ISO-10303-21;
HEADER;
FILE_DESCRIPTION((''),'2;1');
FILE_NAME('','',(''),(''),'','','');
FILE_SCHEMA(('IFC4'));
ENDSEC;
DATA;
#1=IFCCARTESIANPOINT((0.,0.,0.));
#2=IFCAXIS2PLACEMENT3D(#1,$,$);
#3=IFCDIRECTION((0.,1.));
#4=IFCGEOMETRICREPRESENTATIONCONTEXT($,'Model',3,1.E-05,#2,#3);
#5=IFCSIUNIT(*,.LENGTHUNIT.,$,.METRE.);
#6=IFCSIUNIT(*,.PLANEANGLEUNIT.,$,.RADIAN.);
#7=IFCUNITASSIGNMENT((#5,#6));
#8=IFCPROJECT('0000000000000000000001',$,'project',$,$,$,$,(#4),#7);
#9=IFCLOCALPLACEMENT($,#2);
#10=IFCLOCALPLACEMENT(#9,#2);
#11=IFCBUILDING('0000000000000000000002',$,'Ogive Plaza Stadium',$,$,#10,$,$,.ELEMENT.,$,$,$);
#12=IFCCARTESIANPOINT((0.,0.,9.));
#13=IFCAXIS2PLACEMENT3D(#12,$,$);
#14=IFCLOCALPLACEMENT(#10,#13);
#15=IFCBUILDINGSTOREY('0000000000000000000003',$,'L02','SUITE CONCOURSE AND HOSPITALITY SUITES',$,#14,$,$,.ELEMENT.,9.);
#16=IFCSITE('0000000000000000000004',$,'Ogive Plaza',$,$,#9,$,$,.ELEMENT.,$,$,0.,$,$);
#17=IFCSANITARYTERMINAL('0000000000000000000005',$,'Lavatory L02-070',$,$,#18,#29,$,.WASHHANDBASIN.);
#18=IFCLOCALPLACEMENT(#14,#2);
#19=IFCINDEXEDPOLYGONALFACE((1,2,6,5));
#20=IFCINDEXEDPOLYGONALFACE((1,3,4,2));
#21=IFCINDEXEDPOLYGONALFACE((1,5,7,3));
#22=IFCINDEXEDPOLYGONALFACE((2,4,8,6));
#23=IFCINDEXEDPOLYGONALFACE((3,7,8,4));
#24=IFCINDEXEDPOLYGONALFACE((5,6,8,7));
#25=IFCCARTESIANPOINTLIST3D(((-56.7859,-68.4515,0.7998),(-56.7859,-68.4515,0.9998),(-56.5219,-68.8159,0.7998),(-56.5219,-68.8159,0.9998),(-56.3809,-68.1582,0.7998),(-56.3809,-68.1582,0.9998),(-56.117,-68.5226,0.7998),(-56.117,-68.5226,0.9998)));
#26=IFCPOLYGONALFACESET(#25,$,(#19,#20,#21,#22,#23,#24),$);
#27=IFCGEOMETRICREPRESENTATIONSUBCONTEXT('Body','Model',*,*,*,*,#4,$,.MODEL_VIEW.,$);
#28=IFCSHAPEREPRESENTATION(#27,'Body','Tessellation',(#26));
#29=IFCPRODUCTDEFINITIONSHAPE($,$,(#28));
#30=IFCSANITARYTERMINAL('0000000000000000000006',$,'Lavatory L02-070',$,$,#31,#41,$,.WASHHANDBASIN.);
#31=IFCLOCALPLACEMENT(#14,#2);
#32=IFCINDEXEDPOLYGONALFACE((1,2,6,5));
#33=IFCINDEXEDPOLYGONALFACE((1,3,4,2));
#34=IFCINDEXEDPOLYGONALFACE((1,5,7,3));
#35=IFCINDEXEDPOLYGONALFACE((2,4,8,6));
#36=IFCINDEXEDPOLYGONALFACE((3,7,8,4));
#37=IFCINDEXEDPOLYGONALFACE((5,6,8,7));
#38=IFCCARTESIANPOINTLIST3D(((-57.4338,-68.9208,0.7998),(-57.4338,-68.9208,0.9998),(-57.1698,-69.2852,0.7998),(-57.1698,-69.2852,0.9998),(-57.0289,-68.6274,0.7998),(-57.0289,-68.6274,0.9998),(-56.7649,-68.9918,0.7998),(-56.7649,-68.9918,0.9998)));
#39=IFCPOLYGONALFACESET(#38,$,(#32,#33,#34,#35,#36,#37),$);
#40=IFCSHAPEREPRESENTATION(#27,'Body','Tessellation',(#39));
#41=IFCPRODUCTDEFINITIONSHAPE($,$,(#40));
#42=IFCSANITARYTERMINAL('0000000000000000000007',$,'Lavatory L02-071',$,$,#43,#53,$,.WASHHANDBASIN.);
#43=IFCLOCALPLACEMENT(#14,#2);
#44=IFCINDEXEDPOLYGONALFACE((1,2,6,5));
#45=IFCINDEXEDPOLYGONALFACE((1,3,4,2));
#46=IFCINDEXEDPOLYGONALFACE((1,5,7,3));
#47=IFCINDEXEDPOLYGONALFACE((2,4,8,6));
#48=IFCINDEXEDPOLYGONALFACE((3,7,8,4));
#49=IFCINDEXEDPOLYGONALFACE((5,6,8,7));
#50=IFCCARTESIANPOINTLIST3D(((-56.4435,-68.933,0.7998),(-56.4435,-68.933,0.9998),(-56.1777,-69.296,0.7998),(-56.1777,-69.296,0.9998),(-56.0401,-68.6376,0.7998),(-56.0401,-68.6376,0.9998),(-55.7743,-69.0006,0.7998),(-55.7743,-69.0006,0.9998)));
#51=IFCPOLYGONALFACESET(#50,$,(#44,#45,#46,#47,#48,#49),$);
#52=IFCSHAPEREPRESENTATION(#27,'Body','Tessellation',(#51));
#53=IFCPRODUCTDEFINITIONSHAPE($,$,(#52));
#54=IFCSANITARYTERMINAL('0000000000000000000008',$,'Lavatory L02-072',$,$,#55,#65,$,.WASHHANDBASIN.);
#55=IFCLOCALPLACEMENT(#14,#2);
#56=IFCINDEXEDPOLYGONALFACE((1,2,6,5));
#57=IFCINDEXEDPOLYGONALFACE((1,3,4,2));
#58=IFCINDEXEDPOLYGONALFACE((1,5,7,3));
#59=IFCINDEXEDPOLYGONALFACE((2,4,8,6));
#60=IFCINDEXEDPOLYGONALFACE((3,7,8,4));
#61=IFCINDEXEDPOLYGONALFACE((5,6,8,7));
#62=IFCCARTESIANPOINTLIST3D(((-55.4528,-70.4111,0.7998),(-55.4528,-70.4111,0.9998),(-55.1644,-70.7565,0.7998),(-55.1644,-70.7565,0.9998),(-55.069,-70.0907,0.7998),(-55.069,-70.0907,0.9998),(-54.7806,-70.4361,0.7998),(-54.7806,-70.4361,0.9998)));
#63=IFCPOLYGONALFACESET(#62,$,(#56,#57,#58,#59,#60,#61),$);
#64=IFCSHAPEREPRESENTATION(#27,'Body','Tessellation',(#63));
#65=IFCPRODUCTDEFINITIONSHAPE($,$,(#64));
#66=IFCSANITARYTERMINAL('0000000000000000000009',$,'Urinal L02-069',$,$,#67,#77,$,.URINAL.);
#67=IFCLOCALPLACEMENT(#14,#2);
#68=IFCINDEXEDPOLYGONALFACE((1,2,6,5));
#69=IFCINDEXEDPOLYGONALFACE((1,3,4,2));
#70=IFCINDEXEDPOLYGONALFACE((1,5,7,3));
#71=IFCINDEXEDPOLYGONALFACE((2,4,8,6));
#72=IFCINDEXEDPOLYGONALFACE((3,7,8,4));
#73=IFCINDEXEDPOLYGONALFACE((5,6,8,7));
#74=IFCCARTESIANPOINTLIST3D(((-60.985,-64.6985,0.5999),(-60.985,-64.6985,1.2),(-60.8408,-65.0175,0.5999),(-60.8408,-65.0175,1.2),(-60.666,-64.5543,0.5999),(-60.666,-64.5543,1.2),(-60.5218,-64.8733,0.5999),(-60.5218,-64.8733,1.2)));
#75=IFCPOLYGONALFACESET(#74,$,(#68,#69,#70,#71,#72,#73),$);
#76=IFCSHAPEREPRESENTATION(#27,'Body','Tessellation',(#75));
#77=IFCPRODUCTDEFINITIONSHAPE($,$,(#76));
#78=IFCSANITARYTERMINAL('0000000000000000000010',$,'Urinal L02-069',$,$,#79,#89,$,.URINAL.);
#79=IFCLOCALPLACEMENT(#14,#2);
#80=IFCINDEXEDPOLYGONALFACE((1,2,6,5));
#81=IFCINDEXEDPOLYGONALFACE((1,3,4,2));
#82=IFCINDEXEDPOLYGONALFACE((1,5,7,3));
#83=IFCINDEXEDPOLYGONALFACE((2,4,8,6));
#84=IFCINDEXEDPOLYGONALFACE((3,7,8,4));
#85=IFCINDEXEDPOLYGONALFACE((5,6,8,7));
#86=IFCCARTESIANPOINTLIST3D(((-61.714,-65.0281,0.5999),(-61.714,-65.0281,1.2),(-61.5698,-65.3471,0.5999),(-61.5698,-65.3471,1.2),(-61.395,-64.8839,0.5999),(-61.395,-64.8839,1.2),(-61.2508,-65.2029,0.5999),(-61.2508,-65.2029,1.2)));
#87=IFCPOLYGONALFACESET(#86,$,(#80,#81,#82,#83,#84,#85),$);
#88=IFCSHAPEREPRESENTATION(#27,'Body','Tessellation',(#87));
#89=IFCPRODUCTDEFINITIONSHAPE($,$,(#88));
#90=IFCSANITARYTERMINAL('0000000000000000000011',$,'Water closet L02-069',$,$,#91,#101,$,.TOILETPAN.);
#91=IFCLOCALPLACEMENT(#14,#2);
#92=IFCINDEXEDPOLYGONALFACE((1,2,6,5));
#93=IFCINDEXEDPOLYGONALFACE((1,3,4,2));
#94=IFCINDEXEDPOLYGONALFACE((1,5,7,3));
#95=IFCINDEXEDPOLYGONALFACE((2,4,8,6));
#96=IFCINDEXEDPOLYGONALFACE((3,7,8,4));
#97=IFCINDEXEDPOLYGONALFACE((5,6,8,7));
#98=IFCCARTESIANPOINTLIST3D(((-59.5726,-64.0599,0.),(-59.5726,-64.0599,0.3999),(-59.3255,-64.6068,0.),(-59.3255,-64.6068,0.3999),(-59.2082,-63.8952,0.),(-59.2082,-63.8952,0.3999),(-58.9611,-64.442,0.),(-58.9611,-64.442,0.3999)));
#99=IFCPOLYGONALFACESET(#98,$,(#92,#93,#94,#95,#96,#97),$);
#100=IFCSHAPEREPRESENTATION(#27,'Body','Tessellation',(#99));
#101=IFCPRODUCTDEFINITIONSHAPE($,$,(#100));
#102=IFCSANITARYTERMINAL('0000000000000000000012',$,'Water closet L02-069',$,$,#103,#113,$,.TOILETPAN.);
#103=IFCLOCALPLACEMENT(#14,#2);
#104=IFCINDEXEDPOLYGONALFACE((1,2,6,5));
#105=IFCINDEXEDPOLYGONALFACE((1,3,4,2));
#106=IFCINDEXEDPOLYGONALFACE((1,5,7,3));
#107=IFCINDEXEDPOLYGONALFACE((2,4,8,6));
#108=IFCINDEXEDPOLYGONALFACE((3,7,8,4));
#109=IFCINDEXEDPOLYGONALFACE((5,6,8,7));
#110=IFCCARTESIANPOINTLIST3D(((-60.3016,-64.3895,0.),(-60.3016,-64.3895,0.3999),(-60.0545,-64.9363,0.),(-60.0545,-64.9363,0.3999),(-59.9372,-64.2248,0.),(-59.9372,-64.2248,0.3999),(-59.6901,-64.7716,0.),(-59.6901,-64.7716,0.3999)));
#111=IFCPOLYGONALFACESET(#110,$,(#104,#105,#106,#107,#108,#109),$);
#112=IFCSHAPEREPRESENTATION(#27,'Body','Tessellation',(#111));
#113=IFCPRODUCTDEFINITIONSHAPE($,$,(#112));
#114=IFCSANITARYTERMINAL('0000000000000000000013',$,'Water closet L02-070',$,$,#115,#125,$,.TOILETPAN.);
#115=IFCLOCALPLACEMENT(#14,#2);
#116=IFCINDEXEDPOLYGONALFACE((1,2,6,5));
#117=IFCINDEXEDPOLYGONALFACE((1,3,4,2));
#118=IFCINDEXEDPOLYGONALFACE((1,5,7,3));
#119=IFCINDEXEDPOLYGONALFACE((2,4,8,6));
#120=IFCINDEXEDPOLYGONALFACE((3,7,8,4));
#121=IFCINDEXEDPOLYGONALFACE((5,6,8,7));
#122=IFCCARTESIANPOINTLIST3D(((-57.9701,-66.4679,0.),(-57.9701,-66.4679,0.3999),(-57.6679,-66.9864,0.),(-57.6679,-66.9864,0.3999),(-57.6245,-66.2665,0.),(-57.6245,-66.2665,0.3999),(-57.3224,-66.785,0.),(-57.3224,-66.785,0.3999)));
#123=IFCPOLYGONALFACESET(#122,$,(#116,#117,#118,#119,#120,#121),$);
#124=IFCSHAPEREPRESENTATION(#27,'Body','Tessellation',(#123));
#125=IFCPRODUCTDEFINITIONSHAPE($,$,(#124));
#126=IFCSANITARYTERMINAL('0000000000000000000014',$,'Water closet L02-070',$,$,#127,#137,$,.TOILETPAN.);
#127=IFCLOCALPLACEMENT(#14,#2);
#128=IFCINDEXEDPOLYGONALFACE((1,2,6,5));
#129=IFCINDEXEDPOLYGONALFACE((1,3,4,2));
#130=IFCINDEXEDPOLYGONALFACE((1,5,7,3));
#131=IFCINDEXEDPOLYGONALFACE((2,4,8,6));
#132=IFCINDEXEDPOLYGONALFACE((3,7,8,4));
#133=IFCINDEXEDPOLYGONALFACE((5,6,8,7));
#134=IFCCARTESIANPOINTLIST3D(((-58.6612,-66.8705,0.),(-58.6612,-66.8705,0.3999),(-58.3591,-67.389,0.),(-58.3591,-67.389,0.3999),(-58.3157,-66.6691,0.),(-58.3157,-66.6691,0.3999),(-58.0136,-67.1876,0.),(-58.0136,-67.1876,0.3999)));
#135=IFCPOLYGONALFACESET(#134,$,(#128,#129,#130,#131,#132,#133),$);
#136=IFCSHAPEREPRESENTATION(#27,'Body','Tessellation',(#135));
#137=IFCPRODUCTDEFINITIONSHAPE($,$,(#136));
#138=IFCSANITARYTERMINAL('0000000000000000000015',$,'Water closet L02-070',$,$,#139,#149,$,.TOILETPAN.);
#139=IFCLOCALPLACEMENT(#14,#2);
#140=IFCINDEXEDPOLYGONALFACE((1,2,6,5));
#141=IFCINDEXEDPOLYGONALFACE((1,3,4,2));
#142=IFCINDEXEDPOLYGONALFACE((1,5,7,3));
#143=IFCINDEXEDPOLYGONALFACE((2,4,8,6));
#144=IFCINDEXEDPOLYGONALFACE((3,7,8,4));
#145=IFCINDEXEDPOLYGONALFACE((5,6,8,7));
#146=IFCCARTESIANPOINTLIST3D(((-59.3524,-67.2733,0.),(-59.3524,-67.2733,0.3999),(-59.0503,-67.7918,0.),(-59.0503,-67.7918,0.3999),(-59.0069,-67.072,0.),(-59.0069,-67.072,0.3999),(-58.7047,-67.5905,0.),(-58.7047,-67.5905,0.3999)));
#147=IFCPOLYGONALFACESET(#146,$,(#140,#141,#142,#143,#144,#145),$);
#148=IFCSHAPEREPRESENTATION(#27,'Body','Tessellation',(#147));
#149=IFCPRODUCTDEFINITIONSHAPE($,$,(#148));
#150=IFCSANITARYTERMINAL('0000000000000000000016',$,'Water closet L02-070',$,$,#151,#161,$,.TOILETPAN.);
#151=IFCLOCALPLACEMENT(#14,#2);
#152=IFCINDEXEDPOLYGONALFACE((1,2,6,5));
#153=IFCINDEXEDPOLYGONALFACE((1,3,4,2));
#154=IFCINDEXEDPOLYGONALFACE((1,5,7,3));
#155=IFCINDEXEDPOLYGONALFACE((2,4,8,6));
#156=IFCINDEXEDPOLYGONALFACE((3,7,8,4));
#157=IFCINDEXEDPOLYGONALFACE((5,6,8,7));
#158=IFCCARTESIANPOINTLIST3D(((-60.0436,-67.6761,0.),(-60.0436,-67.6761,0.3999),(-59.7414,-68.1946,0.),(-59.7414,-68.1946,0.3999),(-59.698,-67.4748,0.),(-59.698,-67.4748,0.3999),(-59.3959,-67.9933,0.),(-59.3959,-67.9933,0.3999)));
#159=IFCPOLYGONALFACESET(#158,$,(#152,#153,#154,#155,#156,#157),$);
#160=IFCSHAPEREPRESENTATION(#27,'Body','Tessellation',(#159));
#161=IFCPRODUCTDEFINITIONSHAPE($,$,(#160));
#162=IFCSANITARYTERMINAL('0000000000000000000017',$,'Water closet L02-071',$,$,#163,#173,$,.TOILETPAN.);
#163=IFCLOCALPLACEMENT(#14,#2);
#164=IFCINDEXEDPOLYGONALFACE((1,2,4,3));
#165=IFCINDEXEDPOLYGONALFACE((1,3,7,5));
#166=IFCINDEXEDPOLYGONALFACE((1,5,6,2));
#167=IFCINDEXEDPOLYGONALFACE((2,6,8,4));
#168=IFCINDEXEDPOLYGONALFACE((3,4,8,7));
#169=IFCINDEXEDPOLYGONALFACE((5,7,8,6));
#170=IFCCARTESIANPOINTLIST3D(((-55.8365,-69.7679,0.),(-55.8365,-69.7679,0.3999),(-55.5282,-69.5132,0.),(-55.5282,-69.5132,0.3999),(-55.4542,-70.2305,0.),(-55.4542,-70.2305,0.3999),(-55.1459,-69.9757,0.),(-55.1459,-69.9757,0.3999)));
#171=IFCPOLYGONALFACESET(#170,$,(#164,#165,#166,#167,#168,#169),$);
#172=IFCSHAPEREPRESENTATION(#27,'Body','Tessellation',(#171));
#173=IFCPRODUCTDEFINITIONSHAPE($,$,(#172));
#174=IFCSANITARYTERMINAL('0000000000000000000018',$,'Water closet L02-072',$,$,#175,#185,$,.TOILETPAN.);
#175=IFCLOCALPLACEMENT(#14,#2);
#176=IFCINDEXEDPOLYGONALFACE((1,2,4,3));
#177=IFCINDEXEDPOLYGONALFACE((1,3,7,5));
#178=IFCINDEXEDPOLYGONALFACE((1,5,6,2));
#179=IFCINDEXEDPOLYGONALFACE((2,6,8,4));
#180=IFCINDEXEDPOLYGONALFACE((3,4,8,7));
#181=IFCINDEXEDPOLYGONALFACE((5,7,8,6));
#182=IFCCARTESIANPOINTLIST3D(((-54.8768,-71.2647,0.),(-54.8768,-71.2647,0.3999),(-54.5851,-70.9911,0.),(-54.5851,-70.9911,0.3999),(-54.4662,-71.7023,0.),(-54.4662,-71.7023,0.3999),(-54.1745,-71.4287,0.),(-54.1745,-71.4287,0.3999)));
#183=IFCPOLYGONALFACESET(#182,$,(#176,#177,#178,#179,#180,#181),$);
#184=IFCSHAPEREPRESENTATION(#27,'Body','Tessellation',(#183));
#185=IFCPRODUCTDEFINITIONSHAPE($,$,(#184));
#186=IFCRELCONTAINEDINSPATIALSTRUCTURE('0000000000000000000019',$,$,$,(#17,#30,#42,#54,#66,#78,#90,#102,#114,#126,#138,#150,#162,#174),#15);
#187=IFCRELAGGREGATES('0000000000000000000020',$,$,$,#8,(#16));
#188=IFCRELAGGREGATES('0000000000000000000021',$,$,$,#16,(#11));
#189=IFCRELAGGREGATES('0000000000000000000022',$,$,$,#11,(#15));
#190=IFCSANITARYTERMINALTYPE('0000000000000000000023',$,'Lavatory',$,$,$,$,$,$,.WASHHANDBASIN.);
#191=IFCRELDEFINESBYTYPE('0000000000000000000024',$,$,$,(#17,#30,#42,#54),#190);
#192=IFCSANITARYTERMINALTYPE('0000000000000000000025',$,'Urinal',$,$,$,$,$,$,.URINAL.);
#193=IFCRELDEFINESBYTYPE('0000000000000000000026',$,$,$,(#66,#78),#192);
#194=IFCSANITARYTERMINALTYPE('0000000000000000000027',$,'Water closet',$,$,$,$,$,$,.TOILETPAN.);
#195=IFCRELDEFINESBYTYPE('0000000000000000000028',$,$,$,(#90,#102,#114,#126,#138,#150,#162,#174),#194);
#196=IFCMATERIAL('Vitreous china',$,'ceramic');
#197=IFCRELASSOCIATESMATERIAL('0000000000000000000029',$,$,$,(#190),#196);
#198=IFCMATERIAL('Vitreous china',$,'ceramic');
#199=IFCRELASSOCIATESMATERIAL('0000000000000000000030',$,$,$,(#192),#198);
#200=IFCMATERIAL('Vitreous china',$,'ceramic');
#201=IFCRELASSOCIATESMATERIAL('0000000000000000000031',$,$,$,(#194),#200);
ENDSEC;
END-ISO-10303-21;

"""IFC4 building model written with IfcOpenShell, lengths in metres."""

from ifc_helpers import new_model, si_unit, direction, frame, origin, origin_2d, place, context, subcontext, project, spatial, rectangle, extrude, material, type_object, element, save


model = new_model("IFC4")

# Units and contexts
model_context = context("Model", 3, precision=1e-05, world=origin(), true_north=direction((0.0, 1.0)))
body_context = subcontext(model_context, "Body", "Model", "MODEL_VIEW")
ifc_project = project(units=[si_unit("LENGTHUNIT", "METRE"), si_unit("PLANEANGLEUNIT", "RADIAN")], contexts=[model_context])

# Site, building, storey
site_placement = place(None, origin())
site = spatial("IfcSite", under=ifc_project, at=site_placement, Name="Ogive Plaza", CompositionType="ELEMENT", RefElevation=0.0)
building_placement = place(site_placement, origin())
building = spatial("IfcBuilding", under=site, at=building_placement, Name="Ogive Plaza Stadium", CompositionType="ELEMENT")
storey_placement = place(building_placement, frame((0.0, 0.0, 9.0)))
storey = spatial("IfcBuildingStorey", under=building, at=storey_placement, Name="L02", Description="SUITE CONCOURSE AND HOSPITALITY SUITES", CompositionType="ELEMENT", Elevation=9.0)

# Sanitary terminals
ifc_material_1 = material(Name="Vitreous china", Category="ceramic")
sanitary_terminal_type_1 = type_object("IfcSanitaryTerminalType", Name="Lavatory", PredefinedType="WASHHANDBASIN", material=ifc_material_1)
for number, where, z_axis, x_axis, name in (
    (1, (-56.4514, -68.4871, 0.7998), (0.0, 0.0, 1.0), (-0.809824, -0.586673, 0.0), "Lavatory L02-070"),
    (2, (-57.0994, -68.9563, 0.7998), (0.0, 0.0, 1.0), (-0.809824, -0.586673, 0.0), "Lavatory L02-070"),
    (3, (-56.1089, -68.9668, 0.7998), (0.0, 0.0, 1.0), (-0.806847, -0.590761, 0.0), "Lavatory L02-071"),
    (4, (-55.1167, -70.4236, 0.7998), (0.0, 0.0, 1.0), (-0.76763, -0.640894, 0.0), "Lavatory L02-072"),
):
    element("IfcSanitaryTerminal", number, at=place(storey_placement, frame(where, z_axis=z_axis, x_axis=x_axis)), inside=storey, type_object=sanitary_terminal_type_1, Name=name, PredefinedType="WASHHANDBASIN", context=body_context, shape_type="SweptSolid", body=[
        extrude(rectangle(XDim=0.5, YDim=0.45, at=origin_2d()), origin(), (0.0, 0.0, 1.0), 0.2),
    ])
ifc_material_2 = material(Name="Vitreous china", Category="ceramic")
sanitary_terminal_type_2 = type_object("IfcSanitaryTerminalType", Name="Urinal", PredefinedType="URINAL", material=ifc_material_2)
for number, where, z_axis, x_axis, name in (
    (5, (-60.7534, -64.7859, 0.5999), (0.0, 0.0, 1.0), (-0.911223, -0.411914, 0.0), "Urinal L02-069"),
    (6, (-61.4824, -65.1155, 0.5999), (0.0, 0.0, 1.0), (-0.911223, -0.411914, 0.0), "Urinal L02-069"),
):
    element("IfcSanitaryTerminal", number, at=place(storey_placement, frame(where, z_axis=z_axis, x_axis=x_axis)), inside=storey, type_object=sanitary_terminal_type_2, Name=name, PredefinedType="URINAL", context=body_context, shape_type="SweptSolid", body=[
        extrude(rectangle(XDim=0.3501, YDim=0.3501, at=origin_2d()), origin(), (0.0, 0.0, 1.0), 0.6001),
    ])
ifc_material_3 = material(Name="Vitreous china", Category="ceramic")
sanitary_terminal_type_3 = type_object("IfcSanitaryTerminalType", Name="Water closet", PredefinedType="TOILETPAN", material=ifc_material_3)
for number, where, z_axis, x_axis, name in (
    (7, (-59.2668, -64.251, 0.0), (0.0, 0.0, 1.0), (-0.911223, -0.411914, 0.0), "Water closet L02-069"),
    (8, (-59.9958, -64.5806, 0.0), (0.0, 0.0, 1.0), (-0.911223, -0.411914, 0.0), "Water closet L02-069"),
    (9, (-57.6462, -66.6265, 0.0), (0.0, 0.0, 1.0), (-0.864009, -0.503477, 0.0), "Water closet L02-070"),
    (10, (-58.3374, -67.0291, 0.0), (0.0, 0.0, 1.0), (-0.864009, -0.503477, 0.0), "Water closet L02-070"),
    (11, (-59.0286, -67.4319, 0.0), (0.0, 0.0, 1.0), (-0.864009, -0.503477, 0.0), "Water closet L02-070"),
    (12, (-59.7197, -67.8347, 0.0), (0.0, 0.0, 1.0), (-0.864009, -0.503477, 0.0), "Water closet L02-070"),
    (13, (-55.4912, -69.8718, 0.0), (0.0, 0.0, 1.0), (-0.77083, -0.637041, 0.0), "Water closet L02-071"),
    (14, (-54.5256, -71.3467, 0.0), (0.0, 0.0, 1.0), (-0.729268, -0.684228, 0.0), "Water closet L02-072"),
):
    element("IfcSanitaryTerminal", number, at=place(storey_placement, frame(where, z_axis=z_axis, x_axis=x_axis)), inside=storey, type_object=sanitary_terminal_type_3, Name=name, PredefinedType="TOILETPAN", context=body_context, shape_type="SweptSolid", body=[
        extrude(rectangle(XDim=0.3999, YDim=0.6001, at=origin_2d()), origin(), (0.0, 0.0, 1.0), 0.3999),
    ])

save(model, "model.ifc")
